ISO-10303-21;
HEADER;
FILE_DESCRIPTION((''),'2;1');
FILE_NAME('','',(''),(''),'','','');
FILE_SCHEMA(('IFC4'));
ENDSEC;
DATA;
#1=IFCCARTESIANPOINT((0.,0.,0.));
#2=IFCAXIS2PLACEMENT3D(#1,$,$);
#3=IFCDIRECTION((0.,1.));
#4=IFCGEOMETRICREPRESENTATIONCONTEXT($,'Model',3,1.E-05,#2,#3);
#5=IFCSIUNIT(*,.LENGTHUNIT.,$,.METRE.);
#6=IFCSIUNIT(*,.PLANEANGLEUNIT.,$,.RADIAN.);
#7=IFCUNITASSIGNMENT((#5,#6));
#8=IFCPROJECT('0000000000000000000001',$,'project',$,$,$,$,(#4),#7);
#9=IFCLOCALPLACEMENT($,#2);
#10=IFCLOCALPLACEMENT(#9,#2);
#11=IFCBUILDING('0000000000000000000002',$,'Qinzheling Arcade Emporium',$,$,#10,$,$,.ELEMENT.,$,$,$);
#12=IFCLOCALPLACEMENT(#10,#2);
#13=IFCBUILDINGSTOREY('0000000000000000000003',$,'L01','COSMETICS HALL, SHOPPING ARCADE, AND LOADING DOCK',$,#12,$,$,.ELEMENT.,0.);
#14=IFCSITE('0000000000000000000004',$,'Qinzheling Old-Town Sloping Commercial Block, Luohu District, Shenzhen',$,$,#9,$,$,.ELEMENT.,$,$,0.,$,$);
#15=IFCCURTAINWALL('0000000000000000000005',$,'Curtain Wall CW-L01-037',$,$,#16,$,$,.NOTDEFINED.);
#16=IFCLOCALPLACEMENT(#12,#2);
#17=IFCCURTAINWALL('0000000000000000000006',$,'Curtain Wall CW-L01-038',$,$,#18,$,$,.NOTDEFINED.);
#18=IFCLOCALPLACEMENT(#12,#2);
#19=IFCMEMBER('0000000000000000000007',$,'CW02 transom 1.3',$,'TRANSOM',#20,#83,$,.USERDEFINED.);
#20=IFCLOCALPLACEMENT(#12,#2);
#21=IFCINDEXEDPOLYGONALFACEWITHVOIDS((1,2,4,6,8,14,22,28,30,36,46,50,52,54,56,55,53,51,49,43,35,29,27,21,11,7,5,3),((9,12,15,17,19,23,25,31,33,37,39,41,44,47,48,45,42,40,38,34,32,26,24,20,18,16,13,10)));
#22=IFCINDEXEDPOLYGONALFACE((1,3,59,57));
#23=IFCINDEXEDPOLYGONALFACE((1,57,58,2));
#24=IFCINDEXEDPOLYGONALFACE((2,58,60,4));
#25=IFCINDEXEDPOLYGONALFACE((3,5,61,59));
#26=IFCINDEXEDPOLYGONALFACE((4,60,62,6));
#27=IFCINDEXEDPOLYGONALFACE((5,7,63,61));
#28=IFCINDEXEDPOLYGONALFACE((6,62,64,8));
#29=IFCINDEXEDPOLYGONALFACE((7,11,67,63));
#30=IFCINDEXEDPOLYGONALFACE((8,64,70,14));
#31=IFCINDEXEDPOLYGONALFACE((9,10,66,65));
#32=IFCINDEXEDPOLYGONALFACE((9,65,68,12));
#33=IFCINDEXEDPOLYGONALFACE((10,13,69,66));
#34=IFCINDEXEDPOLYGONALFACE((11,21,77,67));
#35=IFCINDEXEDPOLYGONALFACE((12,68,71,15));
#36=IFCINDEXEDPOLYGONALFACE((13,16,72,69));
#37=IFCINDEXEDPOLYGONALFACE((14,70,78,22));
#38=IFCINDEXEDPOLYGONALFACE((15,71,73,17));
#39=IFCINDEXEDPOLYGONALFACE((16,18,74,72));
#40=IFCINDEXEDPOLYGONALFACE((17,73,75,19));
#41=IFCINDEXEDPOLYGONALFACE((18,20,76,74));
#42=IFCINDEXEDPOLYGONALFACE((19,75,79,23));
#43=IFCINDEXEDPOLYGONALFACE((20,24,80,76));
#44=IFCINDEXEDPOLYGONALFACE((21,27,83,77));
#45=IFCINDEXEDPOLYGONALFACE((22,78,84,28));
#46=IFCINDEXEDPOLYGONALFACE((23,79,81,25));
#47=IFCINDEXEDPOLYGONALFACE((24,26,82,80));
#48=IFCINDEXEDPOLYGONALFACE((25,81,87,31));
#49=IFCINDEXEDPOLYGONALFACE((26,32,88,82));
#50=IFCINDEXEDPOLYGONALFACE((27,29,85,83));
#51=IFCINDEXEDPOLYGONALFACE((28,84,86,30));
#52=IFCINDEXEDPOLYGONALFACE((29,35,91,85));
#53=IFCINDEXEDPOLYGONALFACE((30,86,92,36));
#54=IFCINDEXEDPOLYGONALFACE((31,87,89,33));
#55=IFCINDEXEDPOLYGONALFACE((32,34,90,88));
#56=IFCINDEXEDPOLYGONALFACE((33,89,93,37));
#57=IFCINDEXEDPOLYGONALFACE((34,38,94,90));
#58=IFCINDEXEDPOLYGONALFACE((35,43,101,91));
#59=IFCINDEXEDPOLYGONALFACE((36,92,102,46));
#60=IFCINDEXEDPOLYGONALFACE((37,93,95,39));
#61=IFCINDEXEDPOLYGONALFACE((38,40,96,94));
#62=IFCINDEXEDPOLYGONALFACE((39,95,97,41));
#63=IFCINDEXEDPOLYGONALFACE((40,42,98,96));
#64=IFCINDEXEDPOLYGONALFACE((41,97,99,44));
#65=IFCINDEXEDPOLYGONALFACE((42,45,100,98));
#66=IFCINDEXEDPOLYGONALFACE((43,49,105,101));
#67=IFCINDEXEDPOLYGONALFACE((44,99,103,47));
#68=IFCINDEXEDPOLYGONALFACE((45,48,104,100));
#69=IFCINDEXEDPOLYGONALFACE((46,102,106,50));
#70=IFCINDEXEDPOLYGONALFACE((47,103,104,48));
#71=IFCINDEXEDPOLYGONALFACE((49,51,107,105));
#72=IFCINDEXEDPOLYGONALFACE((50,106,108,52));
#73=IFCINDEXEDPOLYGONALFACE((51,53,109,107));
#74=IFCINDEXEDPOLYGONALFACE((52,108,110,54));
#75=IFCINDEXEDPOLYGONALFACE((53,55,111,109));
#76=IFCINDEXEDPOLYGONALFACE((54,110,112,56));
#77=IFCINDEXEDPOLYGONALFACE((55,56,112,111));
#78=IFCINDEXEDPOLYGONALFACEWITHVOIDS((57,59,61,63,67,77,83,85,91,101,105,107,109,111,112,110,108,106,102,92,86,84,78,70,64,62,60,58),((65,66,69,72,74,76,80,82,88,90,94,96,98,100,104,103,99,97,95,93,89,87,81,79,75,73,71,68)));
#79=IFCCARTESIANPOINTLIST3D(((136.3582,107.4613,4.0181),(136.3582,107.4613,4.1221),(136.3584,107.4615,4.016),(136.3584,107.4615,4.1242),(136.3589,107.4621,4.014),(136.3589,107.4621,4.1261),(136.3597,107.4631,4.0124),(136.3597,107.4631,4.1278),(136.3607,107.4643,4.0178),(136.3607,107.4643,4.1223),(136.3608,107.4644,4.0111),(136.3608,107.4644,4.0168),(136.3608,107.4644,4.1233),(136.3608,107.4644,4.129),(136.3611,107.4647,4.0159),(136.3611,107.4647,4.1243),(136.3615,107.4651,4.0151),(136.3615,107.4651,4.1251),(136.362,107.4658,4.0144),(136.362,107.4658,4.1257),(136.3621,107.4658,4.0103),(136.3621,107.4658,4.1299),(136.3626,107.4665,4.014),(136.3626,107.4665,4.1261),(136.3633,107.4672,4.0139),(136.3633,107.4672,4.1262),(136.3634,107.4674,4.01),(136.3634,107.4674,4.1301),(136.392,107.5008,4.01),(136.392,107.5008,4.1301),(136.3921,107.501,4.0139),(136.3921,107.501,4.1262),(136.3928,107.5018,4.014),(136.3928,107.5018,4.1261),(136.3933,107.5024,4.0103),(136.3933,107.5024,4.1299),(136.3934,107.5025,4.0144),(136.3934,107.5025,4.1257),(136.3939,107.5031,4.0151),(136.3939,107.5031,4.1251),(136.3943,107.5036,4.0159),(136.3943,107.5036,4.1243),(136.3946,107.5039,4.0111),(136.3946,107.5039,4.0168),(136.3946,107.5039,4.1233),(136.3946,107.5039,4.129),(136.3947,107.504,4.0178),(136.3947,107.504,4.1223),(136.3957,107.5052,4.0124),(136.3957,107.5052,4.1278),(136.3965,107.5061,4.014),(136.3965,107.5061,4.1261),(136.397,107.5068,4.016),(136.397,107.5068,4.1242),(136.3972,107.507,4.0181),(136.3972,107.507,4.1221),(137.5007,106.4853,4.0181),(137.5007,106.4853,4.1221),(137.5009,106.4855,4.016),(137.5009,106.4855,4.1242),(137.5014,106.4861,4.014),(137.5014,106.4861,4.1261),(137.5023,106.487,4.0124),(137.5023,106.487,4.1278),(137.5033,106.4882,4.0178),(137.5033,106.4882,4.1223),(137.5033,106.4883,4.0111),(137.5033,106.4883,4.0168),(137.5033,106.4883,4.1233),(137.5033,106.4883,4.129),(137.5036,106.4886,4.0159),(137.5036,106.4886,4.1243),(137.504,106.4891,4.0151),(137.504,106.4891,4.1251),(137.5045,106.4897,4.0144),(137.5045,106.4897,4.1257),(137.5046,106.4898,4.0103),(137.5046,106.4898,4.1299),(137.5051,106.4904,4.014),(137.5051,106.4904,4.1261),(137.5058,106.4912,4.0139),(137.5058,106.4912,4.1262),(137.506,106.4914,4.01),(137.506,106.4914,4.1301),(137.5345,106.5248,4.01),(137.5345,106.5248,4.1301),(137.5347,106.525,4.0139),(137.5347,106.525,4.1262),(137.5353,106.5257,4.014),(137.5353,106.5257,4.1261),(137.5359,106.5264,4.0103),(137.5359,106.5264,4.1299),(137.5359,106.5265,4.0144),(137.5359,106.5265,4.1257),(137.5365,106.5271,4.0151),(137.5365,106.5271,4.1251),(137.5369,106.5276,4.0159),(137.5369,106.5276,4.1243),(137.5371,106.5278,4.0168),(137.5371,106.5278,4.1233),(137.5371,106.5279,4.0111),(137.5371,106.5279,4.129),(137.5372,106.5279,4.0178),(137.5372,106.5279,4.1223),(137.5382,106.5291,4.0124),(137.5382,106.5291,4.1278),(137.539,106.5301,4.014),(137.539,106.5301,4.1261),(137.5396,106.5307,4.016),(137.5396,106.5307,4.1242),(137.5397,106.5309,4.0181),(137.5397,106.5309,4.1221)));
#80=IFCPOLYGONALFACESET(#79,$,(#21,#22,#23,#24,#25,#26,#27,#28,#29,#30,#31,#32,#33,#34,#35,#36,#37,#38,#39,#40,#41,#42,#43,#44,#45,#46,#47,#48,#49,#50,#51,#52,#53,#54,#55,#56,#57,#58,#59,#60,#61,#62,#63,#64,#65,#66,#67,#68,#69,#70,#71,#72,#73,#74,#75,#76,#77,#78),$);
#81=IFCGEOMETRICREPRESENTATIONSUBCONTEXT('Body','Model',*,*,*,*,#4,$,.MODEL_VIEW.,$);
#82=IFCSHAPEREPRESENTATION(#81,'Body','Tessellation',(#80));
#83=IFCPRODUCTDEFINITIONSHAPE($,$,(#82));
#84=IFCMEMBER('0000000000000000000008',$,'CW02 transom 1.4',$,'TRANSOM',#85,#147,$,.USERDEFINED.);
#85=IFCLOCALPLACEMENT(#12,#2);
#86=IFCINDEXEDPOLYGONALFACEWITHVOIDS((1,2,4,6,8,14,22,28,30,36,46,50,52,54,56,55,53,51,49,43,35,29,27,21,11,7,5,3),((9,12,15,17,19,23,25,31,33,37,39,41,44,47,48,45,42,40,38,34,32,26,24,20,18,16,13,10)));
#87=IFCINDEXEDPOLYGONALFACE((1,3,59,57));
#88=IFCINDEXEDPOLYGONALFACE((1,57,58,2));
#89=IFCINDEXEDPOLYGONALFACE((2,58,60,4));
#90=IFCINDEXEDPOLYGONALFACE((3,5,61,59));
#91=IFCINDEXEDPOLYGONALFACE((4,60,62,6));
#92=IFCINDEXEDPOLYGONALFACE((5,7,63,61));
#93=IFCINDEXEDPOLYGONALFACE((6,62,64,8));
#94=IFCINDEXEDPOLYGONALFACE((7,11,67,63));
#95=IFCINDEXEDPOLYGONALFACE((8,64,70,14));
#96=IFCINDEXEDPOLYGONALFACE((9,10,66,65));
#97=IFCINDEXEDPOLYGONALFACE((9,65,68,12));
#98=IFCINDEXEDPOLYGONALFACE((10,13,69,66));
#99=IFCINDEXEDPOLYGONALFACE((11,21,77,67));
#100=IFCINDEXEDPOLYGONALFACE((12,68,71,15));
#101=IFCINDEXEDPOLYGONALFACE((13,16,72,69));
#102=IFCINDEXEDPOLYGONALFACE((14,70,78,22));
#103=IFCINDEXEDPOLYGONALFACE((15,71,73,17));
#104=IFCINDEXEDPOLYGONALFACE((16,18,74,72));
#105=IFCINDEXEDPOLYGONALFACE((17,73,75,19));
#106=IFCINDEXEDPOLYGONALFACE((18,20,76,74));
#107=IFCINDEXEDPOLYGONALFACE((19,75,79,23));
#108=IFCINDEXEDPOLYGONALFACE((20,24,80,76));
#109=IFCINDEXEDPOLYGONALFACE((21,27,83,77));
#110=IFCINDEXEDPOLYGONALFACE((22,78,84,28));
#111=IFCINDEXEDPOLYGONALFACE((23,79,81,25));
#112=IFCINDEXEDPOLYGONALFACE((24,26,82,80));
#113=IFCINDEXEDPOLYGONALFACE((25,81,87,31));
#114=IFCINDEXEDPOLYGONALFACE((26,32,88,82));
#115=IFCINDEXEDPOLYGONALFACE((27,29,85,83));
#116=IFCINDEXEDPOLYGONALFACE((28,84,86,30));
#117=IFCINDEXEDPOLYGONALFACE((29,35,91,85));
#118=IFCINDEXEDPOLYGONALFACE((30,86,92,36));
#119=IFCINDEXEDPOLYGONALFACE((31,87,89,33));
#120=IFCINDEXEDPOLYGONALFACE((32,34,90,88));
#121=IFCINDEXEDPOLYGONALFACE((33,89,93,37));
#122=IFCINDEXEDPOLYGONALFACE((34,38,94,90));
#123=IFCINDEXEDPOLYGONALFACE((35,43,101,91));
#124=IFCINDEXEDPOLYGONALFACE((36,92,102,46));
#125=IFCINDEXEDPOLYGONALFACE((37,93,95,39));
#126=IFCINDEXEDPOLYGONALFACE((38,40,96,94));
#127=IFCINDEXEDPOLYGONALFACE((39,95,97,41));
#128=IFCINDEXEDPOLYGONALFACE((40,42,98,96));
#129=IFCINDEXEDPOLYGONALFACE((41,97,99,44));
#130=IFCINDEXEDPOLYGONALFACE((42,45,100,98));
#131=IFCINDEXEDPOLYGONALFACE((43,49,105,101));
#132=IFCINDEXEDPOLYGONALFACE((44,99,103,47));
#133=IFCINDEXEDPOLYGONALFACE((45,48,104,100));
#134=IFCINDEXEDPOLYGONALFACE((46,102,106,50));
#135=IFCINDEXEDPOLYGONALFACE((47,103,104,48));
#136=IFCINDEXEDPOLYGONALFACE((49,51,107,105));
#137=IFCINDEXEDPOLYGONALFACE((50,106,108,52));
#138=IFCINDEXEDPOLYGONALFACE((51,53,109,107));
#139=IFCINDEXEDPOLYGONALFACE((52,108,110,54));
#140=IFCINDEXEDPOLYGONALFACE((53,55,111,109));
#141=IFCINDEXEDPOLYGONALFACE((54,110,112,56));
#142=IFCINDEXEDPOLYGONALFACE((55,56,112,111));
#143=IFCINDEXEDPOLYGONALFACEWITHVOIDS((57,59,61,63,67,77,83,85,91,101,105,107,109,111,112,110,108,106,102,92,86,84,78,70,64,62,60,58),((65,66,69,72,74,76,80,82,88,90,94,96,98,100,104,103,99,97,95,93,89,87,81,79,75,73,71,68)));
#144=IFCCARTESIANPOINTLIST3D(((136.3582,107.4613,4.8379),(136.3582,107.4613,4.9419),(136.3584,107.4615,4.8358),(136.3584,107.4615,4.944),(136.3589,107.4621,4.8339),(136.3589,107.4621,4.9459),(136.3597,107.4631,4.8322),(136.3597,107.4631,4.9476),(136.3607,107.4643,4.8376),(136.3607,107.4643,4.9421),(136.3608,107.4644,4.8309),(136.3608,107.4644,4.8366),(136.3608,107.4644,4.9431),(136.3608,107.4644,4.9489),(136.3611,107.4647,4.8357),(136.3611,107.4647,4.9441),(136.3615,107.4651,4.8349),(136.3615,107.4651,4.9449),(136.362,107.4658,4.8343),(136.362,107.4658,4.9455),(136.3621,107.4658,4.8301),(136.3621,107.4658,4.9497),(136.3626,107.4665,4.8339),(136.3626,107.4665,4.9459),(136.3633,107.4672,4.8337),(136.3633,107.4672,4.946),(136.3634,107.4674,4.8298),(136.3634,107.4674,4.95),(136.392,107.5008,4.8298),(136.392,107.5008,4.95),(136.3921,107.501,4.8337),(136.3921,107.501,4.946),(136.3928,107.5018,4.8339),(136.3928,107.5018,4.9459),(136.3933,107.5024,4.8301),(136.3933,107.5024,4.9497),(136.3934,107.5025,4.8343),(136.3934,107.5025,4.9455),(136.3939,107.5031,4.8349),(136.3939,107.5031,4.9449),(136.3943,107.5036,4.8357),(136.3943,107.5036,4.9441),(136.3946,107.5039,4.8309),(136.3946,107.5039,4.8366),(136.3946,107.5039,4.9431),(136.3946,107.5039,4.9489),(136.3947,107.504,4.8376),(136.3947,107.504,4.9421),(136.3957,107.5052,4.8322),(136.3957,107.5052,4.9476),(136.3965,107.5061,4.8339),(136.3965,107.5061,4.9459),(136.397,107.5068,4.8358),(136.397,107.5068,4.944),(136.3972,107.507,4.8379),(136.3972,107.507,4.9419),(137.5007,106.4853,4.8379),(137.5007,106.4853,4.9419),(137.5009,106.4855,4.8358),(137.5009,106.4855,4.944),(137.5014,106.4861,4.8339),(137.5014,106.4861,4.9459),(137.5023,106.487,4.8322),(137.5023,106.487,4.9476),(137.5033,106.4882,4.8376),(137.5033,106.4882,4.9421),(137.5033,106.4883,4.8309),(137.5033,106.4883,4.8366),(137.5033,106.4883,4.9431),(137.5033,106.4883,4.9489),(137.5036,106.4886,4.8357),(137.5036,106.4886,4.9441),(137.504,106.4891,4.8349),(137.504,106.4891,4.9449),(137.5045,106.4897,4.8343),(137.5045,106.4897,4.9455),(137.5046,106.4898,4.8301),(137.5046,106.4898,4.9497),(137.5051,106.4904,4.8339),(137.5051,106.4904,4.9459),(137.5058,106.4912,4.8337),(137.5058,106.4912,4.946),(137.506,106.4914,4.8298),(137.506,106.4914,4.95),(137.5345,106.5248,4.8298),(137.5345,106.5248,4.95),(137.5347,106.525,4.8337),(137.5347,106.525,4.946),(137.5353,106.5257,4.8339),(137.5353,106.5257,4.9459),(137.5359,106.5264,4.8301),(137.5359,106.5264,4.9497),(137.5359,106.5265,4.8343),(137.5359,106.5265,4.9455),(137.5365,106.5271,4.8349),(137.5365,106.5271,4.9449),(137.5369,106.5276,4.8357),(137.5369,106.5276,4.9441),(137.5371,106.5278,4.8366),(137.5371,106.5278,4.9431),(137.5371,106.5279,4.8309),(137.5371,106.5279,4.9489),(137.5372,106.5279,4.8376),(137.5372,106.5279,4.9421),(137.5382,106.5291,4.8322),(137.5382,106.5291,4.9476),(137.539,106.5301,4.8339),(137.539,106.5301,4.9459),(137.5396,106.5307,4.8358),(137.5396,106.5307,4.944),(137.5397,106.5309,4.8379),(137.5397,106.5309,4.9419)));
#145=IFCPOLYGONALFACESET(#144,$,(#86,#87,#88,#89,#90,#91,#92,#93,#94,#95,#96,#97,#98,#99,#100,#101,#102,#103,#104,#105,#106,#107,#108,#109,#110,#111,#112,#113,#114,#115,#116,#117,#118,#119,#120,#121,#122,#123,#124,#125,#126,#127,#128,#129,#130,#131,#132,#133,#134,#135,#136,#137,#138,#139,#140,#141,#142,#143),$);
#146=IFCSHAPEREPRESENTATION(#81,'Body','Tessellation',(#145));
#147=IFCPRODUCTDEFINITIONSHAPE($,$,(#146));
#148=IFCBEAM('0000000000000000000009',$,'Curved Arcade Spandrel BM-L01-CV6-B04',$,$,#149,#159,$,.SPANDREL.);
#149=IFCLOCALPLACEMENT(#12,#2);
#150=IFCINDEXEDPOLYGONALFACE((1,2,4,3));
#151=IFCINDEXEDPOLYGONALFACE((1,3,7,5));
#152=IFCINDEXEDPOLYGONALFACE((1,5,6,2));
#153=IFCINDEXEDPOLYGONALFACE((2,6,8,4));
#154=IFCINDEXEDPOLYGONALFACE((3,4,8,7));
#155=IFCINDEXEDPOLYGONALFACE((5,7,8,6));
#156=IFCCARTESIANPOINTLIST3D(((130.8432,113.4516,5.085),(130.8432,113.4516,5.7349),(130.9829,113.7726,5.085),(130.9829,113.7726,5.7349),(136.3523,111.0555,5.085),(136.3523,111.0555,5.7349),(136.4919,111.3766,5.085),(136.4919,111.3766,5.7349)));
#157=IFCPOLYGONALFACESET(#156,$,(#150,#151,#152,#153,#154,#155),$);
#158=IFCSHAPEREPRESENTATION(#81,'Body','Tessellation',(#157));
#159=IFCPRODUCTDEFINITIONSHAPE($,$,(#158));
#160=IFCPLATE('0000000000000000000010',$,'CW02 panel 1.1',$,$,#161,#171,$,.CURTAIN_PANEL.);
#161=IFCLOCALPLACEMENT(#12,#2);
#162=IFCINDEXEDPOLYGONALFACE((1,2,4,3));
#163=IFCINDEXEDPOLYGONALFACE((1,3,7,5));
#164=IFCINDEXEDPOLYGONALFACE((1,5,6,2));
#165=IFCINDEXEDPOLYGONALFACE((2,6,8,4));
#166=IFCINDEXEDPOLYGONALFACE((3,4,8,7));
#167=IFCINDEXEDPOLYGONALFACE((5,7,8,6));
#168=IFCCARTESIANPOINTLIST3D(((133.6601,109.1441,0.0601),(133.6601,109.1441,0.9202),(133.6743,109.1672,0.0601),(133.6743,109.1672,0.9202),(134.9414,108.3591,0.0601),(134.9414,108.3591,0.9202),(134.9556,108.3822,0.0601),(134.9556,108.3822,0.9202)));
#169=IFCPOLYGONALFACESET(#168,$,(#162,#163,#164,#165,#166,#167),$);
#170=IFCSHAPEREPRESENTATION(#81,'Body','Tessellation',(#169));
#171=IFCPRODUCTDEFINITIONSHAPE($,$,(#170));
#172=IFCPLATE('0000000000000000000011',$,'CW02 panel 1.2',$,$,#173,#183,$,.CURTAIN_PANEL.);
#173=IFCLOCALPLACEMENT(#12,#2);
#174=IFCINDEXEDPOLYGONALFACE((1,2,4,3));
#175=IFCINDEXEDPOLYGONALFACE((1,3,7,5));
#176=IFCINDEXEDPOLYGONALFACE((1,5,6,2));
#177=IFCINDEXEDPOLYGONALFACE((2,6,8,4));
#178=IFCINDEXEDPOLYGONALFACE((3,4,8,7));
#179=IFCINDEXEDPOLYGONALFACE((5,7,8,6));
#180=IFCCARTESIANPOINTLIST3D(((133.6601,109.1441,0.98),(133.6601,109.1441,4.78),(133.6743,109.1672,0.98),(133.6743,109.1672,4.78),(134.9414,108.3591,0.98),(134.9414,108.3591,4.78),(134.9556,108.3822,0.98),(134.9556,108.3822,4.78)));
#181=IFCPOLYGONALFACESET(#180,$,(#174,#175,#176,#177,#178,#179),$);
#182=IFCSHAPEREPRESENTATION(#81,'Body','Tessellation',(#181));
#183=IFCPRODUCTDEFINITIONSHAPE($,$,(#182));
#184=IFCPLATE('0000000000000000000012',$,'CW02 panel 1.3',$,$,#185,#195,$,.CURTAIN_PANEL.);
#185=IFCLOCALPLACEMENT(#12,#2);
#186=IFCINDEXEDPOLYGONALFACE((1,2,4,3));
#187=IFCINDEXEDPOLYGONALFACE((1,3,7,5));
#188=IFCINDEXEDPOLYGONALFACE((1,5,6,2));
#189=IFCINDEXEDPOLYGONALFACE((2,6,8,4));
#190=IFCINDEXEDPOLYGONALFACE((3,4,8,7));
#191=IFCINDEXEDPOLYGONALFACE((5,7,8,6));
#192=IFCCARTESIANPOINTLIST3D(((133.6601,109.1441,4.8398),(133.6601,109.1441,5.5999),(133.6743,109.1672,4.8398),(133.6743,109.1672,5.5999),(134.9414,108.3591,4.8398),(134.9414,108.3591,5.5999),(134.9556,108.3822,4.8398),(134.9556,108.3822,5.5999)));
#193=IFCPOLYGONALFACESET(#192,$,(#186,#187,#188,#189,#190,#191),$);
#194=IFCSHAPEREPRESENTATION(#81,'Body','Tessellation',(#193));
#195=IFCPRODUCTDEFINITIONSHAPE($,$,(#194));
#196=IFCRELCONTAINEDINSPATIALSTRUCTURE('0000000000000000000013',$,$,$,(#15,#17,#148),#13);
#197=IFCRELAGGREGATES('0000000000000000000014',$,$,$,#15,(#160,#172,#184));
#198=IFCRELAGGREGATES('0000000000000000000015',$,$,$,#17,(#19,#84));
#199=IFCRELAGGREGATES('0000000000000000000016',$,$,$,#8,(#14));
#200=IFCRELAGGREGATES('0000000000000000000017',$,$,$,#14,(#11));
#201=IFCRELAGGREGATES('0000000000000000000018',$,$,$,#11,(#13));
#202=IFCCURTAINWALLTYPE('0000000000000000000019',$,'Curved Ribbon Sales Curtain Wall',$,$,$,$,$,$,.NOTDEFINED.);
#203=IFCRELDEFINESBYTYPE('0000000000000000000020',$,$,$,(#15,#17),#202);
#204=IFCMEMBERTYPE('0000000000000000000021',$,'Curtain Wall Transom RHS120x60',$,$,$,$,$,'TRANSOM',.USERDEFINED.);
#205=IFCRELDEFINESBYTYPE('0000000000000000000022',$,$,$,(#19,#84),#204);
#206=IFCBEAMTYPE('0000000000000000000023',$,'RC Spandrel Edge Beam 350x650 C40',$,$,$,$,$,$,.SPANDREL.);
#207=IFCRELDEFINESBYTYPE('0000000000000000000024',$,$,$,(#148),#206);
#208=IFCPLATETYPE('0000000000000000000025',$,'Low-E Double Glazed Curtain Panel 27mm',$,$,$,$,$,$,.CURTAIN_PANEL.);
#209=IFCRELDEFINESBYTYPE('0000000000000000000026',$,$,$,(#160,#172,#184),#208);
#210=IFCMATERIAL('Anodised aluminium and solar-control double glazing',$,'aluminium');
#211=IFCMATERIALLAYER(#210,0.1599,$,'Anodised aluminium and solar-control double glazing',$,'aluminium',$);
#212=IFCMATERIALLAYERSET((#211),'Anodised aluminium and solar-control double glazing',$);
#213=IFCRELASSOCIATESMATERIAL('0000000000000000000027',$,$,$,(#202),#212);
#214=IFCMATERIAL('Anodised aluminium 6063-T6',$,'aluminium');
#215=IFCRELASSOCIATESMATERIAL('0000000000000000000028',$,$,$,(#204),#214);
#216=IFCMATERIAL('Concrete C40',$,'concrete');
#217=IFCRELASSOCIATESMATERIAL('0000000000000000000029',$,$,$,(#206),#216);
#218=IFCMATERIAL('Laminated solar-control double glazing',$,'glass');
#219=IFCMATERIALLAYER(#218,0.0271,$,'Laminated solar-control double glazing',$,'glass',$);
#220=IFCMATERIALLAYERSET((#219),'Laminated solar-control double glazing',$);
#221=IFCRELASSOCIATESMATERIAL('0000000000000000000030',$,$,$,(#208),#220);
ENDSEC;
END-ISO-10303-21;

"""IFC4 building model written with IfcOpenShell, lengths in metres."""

from ifc_helpers import new_model, si_unit, direction, frame, origin, origin_2d, place, context, subcontext, project, spatial, rectangle, hollow_rectangle, extrude, material, layer, layer_set, material_profile, profile_set, type_object, element, aggregate, save


model = new_model("IFC4")

# Units and contexts
model_context = context("Model", 3, precision=1e-05, world=origin(), true_north=direction((0.0, 1.0)))
body_context = subcontext(model_context, "Body", "Model", "MODEL_VIEW")
ifc_project = project(units=[si_unit("LENGTHUNIT", "METRE"), si_unit("PLANEANGLEUNIT", "RADIAN")], contexts=[model_context])

# Site, building, storey
site_placement = place(None, origin())
site = spatial("IfcSite", under=ifc_project, at=site_placement, Name="Qinzheling Old-Town Sloping Commercial Block, Luohu District, Shenzhen", CompositionType="ELEMENT", RefElevation=0.0)
building_placement = place(site_placement, origin())
building = spatial("IfcBuilding", under=site, at=building_placement, Name="Qinzheling Arcade Emporium", CompositionType="ELEMENT")
storey_placement = place(building_placement, origin())
storey = spatial("IfcBuildingStorey", under=building, at=storey_placement, Name="L01", Description="COSMETICS HALL, SHOPPING ARCADE, AND LOADING DOCK", CompositionType="ELEMENT", Elevation=0.0)

# Curtain wall
ifc_material_1 = material(Name="Anodised aluminium and solar-control double glazing", Category="aluminium")
ifc_layer_1 = layer(ifc_material_1, 0.1599, Name="Anodised aluminium and solar-control double glazing", Category="aluminium")
ifc_layer_set_1 = layer_set([ifc_layer_1], Name="Anodised aluminium and solar-control double glazing")
curtain_wall_type = type_object("IfcCurtainWallType", Name="Curved Ribbon Sales Curtain Wall", PredefinedType="NOTDEFINED", material=ifc_layer_set_1)
curtain_wall_1_placement = place(storey_placement, origin())
curtain_wall_1 = element("IfcCurtainWall", 1, at=curtain_wall_1_placement, inside=storey, type_object=curtain_wall_type, Name="Curtain Wall CW-L01-037", PredefinedType="NOTDEFINED")
ifc_material_2 = material(Name="Anodised aluminium 6063-T6", Category="aluminium")

# Curtain wall
curtain_wall_2_placement = place(storey_placement, origin())
curtain_wall_2 = element("IfcCurtainWall", 2, at=curtain_wall_2_placement, inside=storey, type_object=curtain_wall_type, Name="Curtain Wall CW-L01-038", PredefinedType="NOTDEFINED")

# Members
ifc_material_profile_1 = material_profile(ifc_material_2, hollow_rectangle(XDim=0.0601, YDim=0.1201, WallThickness=0.0039, InnerFilletRadius=0.0039, OuterFilletRadius=0.0081, at=origin_2d()), Name="RHS 120x60x4", Category="aluminium")
ifc_profile_set_1 = profile_set([ifc_material_profile_1], Name="Anodised aluminium 6063-T6")
member_type_1 = type_object("IfcMemberType", Name="Curtain Wall Transom RHS120x60", ElementType="TRANSOM", PredefinedType="USERDEFINED", material=ifc_profile_set_1)
member_1_placement = place(storey_placement, frame((136.3777, 107.4841, 4.0701), z_axis=(0.760334, -0.649533, 0.0), x_axis=(0.649533, 0.760334, 0.0)))
member_1 = element("IfcMember", 3, at=member_1_placement, type_object=member_type_1, Name="CW02 transom 1.3", ObjectType="TRANSOM", PredefinedType="USERDEFINED", context=body_context, shape_type="SweptSolid", body=[
    extrude(hollow_rectangle(XDim=0.0601, YDim=0.1201, WallThickness=0.0039, InnerFilletRadius=0.0039, OuterFilletRadius=0.0081, at=origin_2d()), origin(), (0.0, 0.0, 1.0), 1.5027),
])
member_2_placement = place(storey_placement, frame((136.3777, 107.4841, 4.8899), z_axis=(0.760334, -0.649533, 0.0), x_axis=(0.649533, 0.760334, 0.0)))
member_2 = element("IfcMember", 4, at=member_2_placement, type_object=member_type_1, Name="CW02 transom 1.4", ObjectType="TRANSOM", PredefinedType="USERDEFINED", context=body_context, shape_type="SweptSolid", body=[
    extrude(hollow_rectangle(XDim=0.0601, YDim=0.1201, WallThickness=0.0039, InnerFilletRadius=0.0039, OuterFilletRadius=0.0081, at=origin_2d()), origin(), (0.0, 0.0, 1.0), 1.5027),
])

# Beam
ifc_material_3 = material(Name="Concrete C40", Category="concrete")
ifc_material_profile_2 = material_profile(ifc_material_3, rectangle(XDim=0.3501, YDim=0.6499, at=origin_2d()), Name="RC 350x650", Category="concrete")
ifc_profile_set_2 = profile_set([ifc_material_profile_2], Name="Concrete C40")
beam_type_1 = type_object("IfcBeamType", Name="RC Spandrel Edge Beam 350x650 C40", PredefinedType="SPANDREL", material=ifc_profile_set_2)
beam_1_placement = place(storey_placement, frame((136.4221, 111.2161, 5.4099), z_axis=(-0.917024, 0.398833, 0.0), x_axis=(-0.398833, -0.917024, 0.0)))
element("IfcBeam", 5, at=beam_1_placement, inside=storey, type_object=beam_type_1, Name="Curved Arcade Spandrel BM-L01-CV6-B04", PredefinedType="SPANDREL", context=body_context, shape_type="SweptSolid", body=[
    extrude(rectangle(XDim=0.3501, YDim=0.6499, at=origin_2d()), origin(), (0.0, 0.0, 1.0), 6.0076),
])

# Plates
ifc_material_4 = material(Name="Laminated solar-control double glazing", Category="glass")
ifc_layer_2 = layer(ifc_material_4, 0.0271, Name="Laminated solar-control double glazing", Category="glass")
ifc_layer_set_2 = layer_set([ifc_layer_2], Name="Laminated solar-control double glazing")
plate_type_1 = type_object("IfcPlateType", Name="Low-E Double Glazed Curtain Panel 27mm", PredefinedType="CURTAIN_PANEL", material=ifc_layer_set_2)
plate_1_placement = place(storey_placement, frame((134.3079, 108.7632, 0.0601), z_axis=(0.0, 0.0, 1.0), x_axis=(0.852691, -0.522415, 0.0)))
plate_1 = element("IfcPlate", 6, at=plate_1_placement, type_object=plate_type_1, Name="CW02 panel 1.1", PredefinedType="CURTAIN_PANEL", context=body_context, shape_type="SweptSolid", body=[
    extrude(rectangle(XDim=1.5027, YDim=0.0271, at=origin_2d()), origin(), (0.0, 0.0, 1.0), 0.8601),
])
plate_2_placement = place(storey_placement, frame((134.3079, 108.7632, 0.98), z_axis=(0.0, 0.0, 1.0), x_axis=(0.852691, -0.522415, 0.0)))
plate_2 = element("IfcPlate", 7, at=plate_2_placement, type_object=plate_type_1, Name="CW02 panel 1.2", PredefinedType="CURTAIN_PANEL", context=body_context, shape_type="SweptSolid", body=[
    extrude(rectangle(XDim=1.5027, YDim=0.0271, at=origin_2d()), origin(), (0.0, 0.0, 1.0), 3.8),
])
plate_3_placement = place(storey_placement, frame((134.3079, 108.7632, 4.8398), z_axis=(0.0, 0.0, 1.0), x_axis=(0.852691, -0.522415, 0.0)))
plate_3 = element("IfcPlate", 8, at=plate_3_placement, type_object=plate_type_1, Name="CW02 panel 1.3", PredefinedType="CURTAIN_PANEL", context=body_context, shape_type="SweptSolid", body=[
    extrude(rectangle(XDim=1.5027, YDim=0.0271, at=origin_2d()), origin(), (0.0, 0.0, 1.0), 0.76),
])
aggregate(curtain_wall_1, [plate_1, plate_2, plate_3])
aggregate(curtain_wall_2, [member_1, member_2])

save(model, "model.ifc")
